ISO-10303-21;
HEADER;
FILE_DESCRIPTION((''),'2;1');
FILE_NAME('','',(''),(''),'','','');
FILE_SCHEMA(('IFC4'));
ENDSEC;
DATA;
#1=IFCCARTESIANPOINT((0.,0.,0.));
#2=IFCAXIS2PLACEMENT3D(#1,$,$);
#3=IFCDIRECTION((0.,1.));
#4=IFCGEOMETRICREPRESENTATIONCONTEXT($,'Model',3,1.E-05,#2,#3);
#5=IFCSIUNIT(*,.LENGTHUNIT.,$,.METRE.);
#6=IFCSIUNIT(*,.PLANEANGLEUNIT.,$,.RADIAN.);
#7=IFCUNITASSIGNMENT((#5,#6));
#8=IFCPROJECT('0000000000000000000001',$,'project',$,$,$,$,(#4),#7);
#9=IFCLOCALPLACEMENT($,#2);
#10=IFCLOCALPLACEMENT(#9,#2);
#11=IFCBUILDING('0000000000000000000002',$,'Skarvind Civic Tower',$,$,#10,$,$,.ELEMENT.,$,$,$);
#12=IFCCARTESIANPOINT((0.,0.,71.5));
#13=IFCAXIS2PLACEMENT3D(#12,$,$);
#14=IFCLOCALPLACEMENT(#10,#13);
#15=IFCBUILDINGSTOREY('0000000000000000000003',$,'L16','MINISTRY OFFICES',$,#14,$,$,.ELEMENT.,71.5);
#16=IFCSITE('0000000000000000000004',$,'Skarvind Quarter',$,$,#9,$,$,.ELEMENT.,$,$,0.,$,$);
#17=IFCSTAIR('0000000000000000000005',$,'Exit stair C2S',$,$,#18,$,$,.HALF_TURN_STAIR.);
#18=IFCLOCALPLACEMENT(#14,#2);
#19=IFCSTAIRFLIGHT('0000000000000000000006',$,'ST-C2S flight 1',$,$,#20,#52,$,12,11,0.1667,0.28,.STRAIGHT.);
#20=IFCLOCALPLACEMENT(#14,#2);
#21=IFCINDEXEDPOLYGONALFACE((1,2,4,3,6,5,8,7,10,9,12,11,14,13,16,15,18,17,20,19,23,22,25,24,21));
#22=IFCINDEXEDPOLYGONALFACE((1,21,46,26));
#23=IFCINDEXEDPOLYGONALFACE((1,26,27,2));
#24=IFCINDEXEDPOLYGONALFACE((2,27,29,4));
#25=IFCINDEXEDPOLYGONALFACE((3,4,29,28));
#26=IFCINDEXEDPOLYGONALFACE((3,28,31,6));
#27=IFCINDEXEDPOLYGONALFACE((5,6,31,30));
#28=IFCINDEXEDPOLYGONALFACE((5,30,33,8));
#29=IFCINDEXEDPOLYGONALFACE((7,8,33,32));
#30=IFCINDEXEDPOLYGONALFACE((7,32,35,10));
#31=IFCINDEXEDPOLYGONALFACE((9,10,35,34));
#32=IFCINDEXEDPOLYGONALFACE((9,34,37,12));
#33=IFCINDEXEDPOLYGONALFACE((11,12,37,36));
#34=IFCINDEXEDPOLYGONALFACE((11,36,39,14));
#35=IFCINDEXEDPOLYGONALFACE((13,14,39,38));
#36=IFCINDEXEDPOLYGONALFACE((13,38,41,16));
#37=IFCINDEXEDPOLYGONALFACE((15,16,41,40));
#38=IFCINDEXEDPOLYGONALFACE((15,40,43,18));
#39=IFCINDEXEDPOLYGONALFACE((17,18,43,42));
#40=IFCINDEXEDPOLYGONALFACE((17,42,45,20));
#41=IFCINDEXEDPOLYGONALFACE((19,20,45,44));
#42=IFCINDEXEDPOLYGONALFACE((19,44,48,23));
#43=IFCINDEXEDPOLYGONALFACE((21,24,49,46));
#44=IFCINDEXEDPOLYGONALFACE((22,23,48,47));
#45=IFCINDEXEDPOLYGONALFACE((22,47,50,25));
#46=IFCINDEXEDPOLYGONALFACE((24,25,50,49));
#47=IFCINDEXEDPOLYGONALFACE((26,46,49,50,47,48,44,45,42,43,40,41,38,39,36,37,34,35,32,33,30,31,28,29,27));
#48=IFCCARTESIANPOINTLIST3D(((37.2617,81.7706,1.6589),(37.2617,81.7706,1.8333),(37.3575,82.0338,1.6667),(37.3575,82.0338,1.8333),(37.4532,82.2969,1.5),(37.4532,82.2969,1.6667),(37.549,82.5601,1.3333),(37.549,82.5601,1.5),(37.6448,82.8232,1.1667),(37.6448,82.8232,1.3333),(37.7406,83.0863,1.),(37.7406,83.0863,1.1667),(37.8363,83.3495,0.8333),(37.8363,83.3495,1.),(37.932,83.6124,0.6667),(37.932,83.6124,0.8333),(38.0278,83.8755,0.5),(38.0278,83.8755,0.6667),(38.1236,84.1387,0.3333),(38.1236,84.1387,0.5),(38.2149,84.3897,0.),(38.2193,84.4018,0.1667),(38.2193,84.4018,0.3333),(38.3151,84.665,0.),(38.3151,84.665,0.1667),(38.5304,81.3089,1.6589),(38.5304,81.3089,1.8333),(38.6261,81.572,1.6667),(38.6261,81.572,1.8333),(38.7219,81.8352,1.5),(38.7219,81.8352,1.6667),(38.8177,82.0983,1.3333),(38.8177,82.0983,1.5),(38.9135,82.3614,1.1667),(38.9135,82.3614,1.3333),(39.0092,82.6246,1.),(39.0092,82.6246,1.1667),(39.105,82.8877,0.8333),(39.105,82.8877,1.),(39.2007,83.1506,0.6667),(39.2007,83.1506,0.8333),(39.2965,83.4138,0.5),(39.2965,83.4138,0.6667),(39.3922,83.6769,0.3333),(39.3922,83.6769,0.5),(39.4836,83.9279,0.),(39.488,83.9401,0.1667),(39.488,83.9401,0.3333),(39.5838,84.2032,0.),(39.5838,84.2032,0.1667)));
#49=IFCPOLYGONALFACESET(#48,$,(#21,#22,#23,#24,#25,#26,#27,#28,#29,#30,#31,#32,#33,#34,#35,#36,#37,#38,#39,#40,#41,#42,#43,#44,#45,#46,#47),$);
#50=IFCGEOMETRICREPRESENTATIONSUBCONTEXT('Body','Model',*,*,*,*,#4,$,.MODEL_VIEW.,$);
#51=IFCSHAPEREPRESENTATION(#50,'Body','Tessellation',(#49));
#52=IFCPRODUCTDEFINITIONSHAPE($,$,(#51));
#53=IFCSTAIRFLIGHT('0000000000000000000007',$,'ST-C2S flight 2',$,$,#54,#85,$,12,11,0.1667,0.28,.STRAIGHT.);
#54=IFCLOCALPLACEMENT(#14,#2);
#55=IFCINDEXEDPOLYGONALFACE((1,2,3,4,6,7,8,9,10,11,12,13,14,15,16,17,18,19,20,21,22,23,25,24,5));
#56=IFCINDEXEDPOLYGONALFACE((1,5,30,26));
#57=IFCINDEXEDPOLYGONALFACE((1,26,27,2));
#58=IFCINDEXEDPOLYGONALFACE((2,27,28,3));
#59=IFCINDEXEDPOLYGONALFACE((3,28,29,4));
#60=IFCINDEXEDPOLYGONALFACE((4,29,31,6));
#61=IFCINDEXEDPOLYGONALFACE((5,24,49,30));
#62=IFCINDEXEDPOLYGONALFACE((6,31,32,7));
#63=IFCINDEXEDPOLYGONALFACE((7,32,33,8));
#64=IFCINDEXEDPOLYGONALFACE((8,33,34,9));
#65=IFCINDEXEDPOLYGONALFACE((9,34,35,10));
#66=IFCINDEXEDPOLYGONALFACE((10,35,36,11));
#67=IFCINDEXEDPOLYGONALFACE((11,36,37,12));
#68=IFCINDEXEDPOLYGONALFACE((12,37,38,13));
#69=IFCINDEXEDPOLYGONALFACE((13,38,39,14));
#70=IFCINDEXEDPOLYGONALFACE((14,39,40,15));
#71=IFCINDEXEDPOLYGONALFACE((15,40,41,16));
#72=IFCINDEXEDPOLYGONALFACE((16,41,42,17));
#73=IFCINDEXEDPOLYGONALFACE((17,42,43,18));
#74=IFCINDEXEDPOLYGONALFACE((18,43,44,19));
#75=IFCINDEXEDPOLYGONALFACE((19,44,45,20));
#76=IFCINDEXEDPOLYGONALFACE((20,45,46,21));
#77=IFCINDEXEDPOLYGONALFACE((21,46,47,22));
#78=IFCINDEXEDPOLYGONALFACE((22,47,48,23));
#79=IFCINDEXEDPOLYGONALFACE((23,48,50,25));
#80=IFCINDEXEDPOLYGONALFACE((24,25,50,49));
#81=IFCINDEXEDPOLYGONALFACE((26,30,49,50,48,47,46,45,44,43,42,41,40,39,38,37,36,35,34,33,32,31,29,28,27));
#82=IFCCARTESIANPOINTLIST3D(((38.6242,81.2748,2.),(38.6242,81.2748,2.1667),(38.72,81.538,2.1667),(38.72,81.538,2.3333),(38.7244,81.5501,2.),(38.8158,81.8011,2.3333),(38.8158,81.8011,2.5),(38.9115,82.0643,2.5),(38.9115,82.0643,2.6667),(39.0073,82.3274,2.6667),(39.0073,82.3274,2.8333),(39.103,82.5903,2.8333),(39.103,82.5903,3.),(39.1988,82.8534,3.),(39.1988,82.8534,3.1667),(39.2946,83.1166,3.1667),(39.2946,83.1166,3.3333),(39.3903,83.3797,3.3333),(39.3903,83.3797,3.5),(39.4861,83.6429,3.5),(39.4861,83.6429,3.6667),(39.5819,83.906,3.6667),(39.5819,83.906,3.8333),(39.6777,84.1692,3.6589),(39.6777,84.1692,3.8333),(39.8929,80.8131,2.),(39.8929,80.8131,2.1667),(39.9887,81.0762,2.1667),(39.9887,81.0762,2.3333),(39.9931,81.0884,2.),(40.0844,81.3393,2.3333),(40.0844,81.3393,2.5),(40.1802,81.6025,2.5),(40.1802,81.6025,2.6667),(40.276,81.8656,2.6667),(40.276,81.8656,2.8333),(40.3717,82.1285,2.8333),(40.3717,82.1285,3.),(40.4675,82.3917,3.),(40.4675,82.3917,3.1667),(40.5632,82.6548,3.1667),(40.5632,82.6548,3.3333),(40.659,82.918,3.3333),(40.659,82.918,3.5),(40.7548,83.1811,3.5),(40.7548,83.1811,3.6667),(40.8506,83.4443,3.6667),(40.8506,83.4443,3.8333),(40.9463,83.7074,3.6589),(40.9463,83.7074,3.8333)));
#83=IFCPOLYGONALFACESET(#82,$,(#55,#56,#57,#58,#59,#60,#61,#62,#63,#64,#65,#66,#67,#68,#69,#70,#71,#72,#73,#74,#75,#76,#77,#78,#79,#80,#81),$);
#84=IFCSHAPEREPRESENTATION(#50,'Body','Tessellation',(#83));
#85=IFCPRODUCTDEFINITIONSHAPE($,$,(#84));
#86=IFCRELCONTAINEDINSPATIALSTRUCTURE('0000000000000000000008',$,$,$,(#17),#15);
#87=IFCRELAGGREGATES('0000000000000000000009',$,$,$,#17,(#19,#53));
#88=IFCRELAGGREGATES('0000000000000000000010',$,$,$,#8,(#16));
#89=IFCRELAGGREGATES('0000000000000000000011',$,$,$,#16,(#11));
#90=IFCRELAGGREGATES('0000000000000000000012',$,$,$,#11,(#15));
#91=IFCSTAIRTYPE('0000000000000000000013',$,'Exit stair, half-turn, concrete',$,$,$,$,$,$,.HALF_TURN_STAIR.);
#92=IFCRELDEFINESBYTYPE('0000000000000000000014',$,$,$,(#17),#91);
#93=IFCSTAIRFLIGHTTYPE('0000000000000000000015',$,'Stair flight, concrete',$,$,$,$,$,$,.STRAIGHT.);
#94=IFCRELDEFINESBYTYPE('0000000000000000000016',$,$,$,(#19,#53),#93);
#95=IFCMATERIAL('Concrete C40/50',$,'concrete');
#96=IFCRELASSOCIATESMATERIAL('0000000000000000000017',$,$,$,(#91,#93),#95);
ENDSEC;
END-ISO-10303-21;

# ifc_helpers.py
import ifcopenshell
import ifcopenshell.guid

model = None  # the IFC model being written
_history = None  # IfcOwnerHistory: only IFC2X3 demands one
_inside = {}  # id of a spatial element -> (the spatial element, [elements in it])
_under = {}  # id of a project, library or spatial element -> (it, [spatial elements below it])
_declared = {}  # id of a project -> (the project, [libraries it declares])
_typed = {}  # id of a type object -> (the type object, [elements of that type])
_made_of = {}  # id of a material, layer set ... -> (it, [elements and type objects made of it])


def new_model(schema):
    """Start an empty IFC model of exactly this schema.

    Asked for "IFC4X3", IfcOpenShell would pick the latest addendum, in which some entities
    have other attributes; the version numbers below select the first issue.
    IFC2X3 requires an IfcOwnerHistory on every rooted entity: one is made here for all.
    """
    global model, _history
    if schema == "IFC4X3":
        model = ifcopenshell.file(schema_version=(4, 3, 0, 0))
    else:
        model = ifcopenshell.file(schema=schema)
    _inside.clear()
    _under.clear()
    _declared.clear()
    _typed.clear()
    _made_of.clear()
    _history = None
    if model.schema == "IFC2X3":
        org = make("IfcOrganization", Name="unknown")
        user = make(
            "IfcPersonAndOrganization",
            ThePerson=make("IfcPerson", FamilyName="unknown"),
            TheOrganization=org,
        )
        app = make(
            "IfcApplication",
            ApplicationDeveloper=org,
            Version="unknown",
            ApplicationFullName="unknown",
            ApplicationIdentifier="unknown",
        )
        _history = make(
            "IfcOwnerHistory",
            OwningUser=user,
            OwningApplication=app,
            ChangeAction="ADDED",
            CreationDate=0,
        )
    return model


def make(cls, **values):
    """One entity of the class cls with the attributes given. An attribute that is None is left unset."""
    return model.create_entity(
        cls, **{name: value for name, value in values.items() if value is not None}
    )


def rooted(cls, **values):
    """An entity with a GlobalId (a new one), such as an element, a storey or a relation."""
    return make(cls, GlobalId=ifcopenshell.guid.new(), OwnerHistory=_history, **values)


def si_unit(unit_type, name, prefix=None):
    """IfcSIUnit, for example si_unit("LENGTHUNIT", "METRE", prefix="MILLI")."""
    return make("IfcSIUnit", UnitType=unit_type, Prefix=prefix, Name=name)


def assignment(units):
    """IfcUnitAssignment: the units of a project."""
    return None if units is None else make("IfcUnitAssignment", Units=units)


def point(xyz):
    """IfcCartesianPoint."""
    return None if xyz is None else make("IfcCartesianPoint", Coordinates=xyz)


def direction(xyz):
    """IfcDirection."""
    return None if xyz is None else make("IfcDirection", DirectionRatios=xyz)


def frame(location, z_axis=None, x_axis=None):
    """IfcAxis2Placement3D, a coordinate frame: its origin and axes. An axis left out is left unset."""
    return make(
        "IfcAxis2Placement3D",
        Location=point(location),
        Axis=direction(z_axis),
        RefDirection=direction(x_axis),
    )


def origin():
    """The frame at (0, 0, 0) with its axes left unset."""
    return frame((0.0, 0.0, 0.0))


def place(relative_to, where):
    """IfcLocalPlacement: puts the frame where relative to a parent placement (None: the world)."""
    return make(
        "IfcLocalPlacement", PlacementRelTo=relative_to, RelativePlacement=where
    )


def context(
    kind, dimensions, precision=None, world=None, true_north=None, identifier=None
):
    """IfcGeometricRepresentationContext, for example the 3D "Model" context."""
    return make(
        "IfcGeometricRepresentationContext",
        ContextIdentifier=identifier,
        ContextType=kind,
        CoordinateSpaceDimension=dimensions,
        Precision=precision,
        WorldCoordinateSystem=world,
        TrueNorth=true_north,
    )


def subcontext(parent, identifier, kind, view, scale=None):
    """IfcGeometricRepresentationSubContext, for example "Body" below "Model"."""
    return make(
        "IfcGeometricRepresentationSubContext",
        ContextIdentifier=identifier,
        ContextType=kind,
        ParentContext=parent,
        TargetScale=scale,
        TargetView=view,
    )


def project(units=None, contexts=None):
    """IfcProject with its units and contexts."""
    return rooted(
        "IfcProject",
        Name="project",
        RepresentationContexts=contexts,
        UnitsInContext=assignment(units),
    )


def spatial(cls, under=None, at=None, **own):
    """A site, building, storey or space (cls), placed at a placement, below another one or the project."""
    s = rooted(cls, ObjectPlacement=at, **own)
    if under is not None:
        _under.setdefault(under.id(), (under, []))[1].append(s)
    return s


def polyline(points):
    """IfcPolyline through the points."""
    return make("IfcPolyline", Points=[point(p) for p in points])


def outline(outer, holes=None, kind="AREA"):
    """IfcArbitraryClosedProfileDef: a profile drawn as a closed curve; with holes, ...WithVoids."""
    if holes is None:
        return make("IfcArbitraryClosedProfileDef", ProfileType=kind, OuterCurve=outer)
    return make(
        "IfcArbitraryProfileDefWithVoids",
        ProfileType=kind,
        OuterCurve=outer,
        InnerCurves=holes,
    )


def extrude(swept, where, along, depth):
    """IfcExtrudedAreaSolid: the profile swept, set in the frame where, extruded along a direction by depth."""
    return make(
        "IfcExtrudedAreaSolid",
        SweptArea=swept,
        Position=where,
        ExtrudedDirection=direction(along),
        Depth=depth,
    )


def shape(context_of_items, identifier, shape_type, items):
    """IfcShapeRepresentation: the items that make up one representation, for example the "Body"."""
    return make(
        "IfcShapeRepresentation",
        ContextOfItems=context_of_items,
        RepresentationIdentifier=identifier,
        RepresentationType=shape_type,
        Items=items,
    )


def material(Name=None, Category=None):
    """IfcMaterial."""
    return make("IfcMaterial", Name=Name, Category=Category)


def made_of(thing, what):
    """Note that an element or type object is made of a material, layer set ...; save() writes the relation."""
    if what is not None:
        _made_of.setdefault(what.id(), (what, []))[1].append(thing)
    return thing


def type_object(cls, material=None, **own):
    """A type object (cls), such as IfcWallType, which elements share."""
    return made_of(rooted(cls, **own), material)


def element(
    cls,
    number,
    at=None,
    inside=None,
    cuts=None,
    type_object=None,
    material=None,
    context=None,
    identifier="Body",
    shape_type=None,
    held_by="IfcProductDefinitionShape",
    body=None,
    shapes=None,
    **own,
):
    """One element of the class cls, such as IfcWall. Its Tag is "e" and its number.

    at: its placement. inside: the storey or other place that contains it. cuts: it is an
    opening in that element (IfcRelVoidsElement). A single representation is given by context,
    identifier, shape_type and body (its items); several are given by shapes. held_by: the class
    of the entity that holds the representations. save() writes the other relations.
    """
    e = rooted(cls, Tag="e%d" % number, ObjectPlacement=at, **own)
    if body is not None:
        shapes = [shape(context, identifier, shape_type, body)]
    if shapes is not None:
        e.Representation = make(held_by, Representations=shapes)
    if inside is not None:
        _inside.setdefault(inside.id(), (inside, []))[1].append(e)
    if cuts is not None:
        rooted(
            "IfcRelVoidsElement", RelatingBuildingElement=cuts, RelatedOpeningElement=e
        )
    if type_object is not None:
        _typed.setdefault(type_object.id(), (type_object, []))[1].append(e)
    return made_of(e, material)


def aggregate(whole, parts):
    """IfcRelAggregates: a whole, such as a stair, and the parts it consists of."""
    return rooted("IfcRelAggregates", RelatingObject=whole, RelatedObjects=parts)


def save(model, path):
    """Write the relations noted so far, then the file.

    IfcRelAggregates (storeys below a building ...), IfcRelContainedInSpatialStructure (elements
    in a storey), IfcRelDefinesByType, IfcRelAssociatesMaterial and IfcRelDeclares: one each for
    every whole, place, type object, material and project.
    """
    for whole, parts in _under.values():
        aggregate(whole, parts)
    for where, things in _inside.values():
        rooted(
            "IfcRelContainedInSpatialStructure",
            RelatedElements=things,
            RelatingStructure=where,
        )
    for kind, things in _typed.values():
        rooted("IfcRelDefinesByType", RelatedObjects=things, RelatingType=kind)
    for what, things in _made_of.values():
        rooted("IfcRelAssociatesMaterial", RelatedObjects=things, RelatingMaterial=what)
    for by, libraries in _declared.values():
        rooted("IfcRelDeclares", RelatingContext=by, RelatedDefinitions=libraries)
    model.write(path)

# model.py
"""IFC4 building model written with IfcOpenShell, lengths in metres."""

from ifc_helpers import new_model, si_unit, direction, frame, origin, place, context, subcontext, project, spatial, polyline, outline, extrude, material, type_object, element, aggregate, save


model = new_model("IFC4")

# Units and contexts
model_context = context("Model", 3, precision=1e-05, world=origin(), true_north=direction((0.0, 1.0)))
body_context = subcontext(model_context, "Body", "Model", "MODEL_VIEW")
ifc_project = project(units=[si_unit("LENGTHUNIT", "METRE"), si_unit("PLANEANGLEUNIT", "RADIAN")], contexts=[model_context])

# Site, building, storey
site_placement = place(None, origin())
site = spatial("IfcSite", under=ifc_project, at=site_placement, Name="Skarvind Quarter", CompositionType="ELEMENT", RefElevation=0.0)
building_placement = place(site_placement, origin())
building = spatial("IfcBuilding", under=site, at=building_placement, Name="Skarvind Civic Tower", CompositionType="ELEMENT")
storey_placement = place(building_placement, frame((0.0, 0.0, 71.5)))
storey = spatial("IfcBuildingStorey", under=building, at=storey_placement, Name="L16", Description="MINISTRY OFFICES", CompositionType="ELEMENT", Elevation=71.5)

# Stair, stair flights
ifc_material_1 = material(Name="Concrete C40/50", Category="concrete")
stair_type = type_object("IfcStairType", Name="Exit stair, half-turn, concrete", PredefinedType="HALF_TURN_STAIR", material=ifc_material_1)
stair_placement = place(storey_placement, origin())
stair = element("IfcStair", 1, at=stair_placement, inside=storey, type_object=stair_type, Name="Exit stair C2S", PredefinedType="HALF_TURN_STAIR")
stair_flight_type = type_object("IfcStairFlightType", Name="Stair flight, concrete", PredefinedType="STRAIGHT", material=ifc_material_1)
stair_flight_1_placement = place(storey_placement, frame((38.9495, 84.4341, 0.0), z_axis=(0.0, 0.0, 1.0), x_axis=(-0.34202, -0.939693, 0.0)))
stair_flight_1 = element("IfcStairFlight", 2, at=stair_flight_1_placement, type_object=stair_flight_type, Name="ST-C2S flight 1", NumberOfRisers=12, NumberOfTreads=11, PredefinedType="STRAIGHT", RiserHeight=0.1667, TreadLength=0.28, context=body_context, shape_type="SweptSolid", body=[
    extrude(outline(polyline([(0.0, 0.0), (0.0, 0.1667), (0.28, 0.1667), (0.28, 0.3333), (0.5601, 0.3333), (0.5601, 0.5), (0.8401, 0.5), (0.8401, 0.6667), (1.1201, 0.6667), (1.1201, 0.8333), (1.3999, 0.8333), (1.3999, 1.0), (1.6799, 1.0), (1.6799, 1.1667), (1.96, 1.1667), (1.96, 1.3333), (2.24, 1.3333), (2.24, 1.5), (2.52, 1.5), (2.52, 1.6667), (2.8, 1.6667), (2.8, 1.8333), (3.0801, 1.8333), (3.0801, 2.0), (3.0801, 1.6589), (0.293, 0.0), (0.0, 0.0)])), frame((0.0, 0.675, 0.0), z_axis=(0.0, -1.0, 0.0), x_axis=(1.0, 0.0, 0.0)), (0.0, 0.0, 1.0), 1.3501),
])
stair_flight_2_placement = place(storey_placement, frame((39.2585, 81.0439, 2.0), z_axis=(0.0, 0.0, 1.0), x_axis=(0.34202, 0.939693, 0.0)))
stair_flight_2 = element("IfcStairFlight", 3, at=stair_flight_2_placement, type_object=stair_flight_type, Name="ST-C2S flight 2", NumberOfRisers=12, NumberOfTreads=11, PredefinedType="STRAIGHT", RiserHeight=0.1667, TreadLength=0.28, context=body_context, shape_type="SweptSolid", body=[
    extrude(outline(polyline([(0.0, 0.0), (0.0, 0.1667), (0.28, 0.1667), (0.28, 0.3333), (0.5601, 0.3333), (0.5601, 0.5), (0.8401, 0.5), (0.8401, 0.6667), (1.1201, 0.6667), (1.1201, 0.8333), (1.3999, 0.8333), (1.3999, 1.0), (1.6799, 1.0), (1.6799, 1.1667), (1.96, 1.1667), (1.96, 1.3333), (2.24, 1.3333), (2.24, 1.5), (2.52, 1.5), (2.52, 1.6667), (2.8, 1.6667), (2.8, 1.8333), (3.0801, 1.8333), (3.0801, 2.0), (3.0801, 1.6589), (0.293, 0.0), (0.0, 0.0)])), frame((0.0, 0.675, 0.0), z_axis=(0.0, -1.0, 0.0), x_axis=(1.0, 0.0, 0.0)), (0.0, 0.0, 1.0), 1.3501),
])
aggregate(stair, [stair_flight_1, stair_flight_2])

save(model, "model.ifc")
